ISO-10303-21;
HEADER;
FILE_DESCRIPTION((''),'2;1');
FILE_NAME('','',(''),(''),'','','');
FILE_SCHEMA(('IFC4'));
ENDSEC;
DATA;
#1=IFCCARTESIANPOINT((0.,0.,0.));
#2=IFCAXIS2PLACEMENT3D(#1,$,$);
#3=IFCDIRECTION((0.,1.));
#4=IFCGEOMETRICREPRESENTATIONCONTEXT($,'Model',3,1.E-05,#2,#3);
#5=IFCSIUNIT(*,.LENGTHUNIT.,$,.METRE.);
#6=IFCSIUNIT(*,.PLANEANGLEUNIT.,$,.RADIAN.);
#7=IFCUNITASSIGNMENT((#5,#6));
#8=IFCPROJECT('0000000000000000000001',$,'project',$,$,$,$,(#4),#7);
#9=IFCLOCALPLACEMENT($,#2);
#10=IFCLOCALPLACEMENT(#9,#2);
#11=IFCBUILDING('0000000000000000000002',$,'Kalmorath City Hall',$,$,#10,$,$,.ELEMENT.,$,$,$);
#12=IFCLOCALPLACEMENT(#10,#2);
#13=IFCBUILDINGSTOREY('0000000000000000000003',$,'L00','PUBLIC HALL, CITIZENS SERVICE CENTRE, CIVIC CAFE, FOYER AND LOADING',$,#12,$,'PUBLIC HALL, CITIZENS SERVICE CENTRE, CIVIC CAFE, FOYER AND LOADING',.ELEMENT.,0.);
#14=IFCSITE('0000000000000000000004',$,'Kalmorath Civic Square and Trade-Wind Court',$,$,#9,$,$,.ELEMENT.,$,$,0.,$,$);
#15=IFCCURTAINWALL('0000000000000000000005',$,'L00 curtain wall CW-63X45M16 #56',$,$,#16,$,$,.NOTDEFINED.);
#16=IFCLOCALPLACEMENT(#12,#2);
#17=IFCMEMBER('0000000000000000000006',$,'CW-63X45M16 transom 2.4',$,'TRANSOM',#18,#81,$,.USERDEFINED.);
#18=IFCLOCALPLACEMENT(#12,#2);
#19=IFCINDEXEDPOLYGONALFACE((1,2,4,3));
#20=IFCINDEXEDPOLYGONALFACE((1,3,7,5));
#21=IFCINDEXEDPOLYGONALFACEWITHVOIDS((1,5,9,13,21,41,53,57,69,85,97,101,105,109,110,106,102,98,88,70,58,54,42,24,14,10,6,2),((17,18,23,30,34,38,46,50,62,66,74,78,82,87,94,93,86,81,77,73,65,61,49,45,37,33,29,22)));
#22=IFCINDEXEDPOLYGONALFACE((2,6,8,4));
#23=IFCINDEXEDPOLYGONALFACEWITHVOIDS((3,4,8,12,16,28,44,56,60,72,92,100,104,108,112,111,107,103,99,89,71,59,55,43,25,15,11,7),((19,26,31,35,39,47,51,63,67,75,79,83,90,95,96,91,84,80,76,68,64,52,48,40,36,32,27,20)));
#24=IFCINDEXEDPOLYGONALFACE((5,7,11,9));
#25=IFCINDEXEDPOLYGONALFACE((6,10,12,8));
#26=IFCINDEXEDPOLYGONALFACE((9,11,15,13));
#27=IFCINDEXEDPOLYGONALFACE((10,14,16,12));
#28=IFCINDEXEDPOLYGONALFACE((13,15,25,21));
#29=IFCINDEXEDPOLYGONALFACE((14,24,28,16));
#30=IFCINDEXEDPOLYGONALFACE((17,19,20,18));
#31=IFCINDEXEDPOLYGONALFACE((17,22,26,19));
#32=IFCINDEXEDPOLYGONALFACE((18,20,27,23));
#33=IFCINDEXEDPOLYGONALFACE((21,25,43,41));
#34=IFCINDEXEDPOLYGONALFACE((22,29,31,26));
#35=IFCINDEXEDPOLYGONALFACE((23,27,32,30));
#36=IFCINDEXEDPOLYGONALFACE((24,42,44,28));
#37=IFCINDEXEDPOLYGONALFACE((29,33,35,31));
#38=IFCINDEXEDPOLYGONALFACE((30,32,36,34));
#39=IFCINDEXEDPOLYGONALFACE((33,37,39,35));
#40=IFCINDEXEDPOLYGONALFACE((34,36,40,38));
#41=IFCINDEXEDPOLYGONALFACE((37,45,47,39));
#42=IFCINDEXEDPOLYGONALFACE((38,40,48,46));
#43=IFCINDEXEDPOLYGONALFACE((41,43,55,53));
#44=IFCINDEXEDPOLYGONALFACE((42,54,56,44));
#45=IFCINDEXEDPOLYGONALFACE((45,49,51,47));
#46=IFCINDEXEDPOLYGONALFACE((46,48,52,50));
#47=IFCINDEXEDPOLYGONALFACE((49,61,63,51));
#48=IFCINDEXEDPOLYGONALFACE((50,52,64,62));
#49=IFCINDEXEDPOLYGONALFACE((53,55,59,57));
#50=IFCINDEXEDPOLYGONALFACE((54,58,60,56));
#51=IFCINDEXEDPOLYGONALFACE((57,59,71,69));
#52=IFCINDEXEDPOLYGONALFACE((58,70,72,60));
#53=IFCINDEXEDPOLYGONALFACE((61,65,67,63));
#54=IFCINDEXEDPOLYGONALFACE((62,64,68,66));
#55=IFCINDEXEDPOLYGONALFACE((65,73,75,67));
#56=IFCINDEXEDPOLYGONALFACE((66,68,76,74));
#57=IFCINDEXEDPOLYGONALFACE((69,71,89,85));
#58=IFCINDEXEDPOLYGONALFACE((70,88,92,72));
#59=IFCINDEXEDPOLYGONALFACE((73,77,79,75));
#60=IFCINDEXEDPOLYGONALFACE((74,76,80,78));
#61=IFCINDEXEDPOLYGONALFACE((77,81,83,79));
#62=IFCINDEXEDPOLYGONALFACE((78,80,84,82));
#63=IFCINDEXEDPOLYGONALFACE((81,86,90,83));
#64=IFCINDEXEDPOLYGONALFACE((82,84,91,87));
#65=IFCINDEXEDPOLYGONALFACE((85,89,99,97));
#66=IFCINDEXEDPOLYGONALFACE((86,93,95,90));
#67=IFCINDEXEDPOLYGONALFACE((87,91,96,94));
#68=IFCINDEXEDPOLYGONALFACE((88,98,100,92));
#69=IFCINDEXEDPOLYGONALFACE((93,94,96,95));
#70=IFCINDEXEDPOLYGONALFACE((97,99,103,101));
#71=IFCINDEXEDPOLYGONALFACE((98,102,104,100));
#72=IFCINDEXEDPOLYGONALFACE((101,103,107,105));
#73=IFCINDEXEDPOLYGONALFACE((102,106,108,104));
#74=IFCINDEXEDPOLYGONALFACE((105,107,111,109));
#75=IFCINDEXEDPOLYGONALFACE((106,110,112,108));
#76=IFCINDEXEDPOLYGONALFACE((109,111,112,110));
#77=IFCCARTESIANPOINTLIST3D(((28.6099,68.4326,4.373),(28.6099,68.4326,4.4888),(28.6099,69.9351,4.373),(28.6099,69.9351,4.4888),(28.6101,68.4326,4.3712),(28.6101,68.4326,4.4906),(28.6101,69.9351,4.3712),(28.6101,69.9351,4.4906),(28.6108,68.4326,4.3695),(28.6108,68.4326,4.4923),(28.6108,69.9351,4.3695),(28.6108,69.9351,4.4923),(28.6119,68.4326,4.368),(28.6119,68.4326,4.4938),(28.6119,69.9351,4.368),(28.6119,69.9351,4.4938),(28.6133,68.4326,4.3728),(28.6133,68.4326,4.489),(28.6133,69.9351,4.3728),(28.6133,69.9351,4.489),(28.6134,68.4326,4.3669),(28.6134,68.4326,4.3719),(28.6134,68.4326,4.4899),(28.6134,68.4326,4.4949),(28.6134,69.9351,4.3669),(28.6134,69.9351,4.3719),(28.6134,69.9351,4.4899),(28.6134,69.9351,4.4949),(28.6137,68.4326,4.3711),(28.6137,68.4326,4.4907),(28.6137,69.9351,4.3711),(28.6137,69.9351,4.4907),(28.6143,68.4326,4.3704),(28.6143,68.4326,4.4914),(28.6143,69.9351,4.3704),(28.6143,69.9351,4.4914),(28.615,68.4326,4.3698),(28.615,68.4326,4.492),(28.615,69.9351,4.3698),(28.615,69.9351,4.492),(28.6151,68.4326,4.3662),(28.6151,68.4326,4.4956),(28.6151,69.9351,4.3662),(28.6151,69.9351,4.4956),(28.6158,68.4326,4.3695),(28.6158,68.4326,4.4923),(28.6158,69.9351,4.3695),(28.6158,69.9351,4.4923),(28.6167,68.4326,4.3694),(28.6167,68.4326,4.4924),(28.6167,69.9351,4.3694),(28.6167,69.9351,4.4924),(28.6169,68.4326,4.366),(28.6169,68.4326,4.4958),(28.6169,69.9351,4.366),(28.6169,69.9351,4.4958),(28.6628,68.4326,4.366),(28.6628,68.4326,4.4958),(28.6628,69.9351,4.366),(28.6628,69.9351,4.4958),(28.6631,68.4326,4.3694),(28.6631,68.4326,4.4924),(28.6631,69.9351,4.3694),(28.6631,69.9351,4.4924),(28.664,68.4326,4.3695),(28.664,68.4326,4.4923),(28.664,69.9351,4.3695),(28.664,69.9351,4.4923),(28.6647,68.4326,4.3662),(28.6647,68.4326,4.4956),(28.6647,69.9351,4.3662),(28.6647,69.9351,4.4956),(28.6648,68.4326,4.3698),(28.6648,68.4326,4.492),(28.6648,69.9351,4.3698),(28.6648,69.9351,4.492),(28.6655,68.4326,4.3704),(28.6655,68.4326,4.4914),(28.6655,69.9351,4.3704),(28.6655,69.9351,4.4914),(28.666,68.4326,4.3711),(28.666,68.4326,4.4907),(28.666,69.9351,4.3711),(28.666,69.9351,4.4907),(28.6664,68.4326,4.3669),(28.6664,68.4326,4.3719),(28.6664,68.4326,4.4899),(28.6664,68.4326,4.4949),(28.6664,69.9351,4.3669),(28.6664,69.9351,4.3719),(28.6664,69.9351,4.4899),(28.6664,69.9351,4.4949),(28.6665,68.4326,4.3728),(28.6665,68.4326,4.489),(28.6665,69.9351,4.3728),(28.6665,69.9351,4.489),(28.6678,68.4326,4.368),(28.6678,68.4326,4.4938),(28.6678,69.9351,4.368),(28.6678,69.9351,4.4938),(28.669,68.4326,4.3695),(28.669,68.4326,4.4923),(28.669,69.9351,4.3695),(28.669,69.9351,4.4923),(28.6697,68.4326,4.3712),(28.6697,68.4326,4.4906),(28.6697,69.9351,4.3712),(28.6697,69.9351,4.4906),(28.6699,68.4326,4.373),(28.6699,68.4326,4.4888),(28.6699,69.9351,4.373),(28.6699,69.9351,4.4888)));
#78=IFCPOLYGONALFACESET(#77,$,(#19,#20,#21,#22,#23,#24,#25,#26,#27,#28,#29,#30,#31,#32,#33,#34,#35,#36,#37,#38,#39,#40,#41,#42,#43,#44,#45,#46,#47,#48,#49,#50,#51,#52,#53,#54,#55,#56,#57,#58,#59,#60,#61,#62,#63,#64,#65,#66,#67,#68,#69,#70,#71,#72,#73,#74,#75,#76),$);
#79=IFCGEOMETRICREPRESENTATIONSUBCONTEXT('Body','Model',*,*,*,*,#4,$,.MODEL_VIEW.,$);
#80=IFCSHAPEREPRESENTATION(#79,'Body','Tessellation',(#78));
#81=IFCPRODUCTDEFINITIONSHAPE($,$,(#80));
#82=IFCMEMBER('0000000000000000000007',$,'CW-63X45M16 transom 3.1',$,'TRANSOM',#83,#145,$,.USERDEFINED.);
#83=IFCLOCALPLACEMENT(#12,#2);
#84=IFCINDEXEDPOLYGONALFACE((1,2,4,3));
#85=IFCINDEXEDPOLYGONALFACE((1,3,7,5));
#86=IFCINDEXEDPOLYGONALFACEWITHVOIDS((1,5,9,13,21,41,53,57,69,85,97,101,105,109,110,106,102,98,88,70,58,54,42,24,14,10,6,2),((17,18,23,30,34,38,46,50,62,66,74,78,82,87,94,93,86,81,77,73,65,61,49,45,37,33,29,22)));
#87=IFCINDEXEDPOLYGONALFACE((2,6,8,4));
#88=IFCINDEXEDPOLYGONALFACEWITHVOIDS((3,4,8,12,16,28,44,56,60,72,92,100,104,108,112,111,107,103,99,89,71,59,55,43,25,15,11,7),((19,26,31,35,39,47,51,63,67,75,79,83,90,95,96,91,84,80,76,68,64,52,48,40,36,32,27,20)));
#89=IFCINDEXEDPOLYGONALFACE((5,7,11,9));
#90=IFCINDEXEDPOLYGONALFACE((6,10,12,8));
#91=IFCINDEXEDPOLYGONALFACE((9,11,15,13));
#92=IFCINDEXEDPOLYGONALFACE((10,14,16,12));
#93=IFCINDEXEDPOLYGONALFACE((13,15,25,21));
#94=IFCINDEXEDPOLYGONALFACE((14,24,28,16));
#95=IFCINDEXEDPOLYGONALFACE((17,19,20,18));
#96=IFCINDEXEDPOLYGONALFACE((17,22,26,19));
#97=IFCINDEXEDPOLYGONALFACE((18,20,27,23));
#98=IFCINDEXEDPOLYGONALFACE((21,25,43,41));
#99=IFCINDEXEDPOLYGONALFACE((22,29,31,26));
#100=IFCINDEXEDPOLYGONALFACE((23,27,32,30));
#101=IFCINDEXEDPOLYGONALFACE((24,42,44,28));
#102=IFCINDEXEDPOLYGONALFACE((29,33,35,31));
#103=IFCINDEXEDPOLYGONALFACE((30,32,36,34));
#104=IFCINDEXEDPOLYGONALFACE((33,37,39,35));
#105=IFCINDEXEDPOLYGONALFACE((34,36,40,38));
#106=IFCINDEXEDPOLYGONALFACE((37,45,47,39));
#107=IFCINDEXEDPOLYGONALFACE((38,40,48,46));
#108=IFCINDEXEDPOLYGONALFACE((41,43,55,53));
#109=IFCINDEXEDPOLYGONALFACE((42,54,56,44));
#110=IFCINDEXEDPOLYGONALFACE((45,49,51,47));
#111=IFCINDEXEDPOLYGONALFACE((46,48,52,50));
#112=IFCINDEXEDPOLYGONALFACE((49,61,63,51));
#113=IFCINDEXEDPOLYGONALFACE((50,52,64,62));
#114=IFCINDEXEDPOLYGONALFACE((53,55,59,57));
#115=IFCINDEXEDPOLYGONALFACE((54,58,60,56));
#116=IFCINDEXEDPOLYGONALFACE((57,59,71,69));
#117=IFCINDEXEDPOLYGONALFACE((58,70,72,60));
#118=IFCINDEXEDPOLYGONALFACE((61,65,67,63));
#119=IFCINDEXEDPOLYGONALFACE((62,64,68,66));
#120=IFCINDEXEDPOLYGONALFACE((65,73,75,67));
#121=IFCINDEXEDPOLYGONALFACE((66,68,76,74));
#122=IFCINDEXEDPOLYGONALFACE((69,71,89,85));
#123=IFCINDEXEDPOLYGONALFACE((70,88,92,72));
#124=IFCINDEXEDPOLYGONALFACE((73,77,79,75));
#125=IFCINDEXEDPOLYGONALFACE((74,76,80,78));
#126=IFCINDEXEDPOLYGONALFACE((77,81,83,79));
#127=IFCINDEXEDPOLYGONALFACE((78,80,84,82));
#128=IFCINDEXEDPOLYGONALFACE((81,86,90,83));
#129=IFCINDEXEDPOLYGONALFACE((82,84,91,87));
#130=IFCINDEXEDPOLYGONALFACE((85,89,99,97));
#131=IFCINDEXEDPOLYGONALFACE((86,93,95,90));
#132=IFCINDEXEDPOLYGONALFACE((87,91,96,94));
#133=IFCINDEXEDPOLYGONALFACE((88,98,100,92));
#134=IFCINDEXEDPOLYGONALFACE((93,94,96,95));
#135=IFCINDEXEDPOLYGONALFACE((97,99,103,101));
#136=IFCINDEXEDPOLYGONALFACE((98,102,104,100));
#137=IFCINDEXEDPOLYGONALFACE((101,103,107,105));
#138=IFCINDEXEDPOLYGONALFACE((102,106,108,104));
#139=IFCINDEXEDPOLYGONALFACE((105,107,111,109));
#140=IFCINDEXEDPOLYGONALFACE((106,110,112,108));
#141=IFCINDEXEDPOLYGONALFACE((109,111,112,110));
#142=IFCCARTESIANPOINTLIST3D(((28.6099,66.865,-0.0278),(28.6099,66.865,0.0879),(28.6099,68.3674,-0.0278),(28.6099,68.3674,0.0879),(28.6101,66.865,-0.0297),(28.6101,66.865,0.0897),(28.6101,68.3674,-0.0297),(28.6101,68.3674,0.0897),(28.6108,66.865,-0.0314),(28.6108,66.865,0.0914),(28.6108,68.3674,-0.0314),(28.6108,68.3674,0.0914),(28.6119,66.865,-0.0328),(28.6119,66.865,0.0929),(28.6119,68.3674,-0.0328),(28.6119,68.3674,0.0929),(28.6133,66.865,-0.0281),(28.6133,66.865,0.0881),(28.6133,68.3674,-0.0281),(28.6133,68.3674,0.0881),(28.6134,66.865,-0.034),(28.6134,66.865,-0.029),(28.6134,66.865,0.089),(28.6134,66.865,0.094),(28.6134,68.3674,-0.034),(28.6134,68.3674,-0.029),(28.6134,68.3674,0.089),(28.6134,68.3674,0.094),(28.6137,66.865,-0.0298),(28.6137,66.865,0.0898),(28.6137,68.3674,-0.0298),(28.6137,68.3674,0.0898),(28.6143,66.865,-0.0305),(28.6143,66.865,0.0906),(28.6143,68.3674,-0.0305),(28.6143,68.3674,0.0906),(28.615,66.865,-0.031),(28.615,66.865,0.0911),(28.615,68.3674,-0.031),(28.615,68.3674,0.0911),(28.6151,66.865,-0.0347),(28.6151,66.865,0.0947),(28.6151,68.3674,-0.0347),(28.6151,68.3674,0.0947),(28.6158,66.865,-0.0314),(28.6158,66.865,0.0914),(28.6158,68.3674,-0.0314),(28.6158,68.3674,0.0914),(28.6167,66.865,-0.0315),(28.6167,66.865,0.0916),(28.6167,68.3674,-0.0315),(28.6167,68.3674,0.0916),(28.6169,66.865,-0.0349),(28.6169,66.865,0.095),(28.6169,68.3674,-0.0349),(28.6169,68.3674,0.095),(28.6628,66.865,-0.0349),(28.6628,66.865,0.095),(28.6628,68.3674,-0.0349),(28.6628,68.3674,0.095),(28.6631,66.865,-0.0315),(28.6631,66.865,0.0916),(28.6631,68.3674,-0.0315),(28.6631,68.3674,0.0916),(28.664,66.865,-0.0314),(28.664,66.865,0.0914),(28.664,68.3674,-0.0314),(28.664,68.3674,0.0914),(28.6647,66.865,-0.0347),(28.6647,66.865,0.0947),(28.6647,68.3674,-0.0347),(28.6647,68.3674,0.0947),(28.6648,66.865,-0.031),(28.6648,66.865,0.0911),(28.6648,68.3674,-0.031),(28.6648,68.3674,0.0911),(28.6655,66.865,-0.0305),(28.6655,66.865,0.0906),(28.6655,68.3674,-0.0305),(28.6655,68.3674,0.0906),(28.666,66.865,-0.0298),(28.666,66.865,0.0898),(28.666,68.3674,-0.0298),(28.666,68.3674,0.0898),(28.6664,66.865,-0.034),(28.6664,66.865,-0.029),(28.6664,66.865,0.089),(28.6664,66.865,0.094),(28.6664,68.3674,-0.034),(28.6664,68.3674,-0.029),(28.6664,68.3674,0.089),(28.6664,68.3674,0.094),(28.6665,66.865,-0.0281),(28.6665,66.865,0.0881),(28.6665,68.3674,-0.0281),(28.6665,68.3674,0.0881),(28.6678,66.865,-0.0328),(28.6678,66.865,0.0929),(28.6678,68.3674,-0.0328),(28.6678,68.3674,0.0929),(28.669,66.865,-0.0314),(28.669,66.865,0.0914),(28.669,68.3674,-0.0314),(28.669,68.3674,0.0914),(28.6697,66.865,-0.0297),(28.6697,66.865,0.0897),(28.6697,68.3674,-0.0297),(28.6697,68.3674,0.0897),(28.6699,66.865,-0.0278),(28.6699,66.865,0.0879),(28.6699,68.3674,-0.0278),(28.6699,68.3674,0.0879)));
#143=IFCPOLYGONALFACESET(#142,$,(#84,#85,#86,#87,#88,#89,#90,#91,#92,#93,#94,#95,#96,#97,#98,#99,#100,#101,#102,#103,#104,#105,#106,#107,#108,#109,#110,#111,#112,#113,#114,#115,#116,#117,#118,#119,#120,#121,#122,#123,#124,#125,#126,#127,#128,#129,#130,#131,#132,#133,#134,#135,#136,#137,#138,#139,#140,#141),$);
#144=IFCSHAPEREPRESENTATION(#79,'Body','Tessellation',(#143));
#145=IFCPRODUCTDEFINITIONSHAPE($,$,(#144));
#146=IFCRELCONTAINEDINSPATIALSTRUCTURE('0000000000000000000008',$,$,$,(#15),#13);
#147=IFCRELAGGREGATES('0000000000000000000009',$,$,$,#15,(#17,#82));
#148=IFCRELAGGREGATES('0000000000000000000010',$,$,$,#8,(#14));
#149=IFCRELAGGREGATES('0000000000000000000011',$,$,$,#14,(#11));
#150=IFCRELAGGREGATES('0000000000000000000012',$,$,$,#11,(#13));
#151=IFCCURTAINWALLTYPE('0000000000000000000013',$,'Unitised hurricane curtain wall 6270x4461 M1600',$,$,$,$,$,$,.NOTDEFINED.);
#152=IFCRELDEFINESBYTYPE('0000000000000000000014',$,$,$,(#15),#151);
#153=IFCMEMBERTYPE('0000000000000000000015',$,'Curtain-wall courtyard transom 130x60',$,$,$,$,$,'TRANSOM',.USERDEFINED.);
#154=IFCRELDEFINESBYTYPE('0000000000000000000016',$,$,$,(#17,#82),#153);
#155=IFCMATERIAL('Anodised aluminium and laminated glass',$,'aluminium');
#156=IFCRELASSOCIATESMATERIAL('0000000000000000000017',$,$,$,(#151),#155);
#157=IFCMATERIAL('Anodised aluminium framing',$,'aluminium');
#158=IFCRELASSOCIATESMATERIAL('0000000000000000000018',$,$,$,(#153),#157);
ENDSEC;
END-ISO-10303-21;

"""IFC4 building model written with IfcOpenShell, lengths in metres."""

from ifc_helpers import new_model, si_unit, direction, frame, origin, origin_2d, place, context, subcontext, project, spatial, hollow_rectangle, extrude, material, material_profile, profile_set, type_object, element, aggregate, save


model = new_model("IFC4")

# Units and contexts
model_context = context("Model", 3, precision=1e-05, world=origin(), true_north=direction((0.0, 1.0)))
body_context = subcontext(model_context, "Body", "Model", "MODEL_VIEW")
ifc_project = project(units=[si_unit("LENGTHUNIT", "METRE"), si_unit("PLANEANGLEUNIT", "RADIAN")], contexts=[model_context])

# Site, building, storey
site_placement = place(None, origin())
site = spatial("IfcSite", under=ifc_project, at=site_placement, Name="Kalmorath Civic Square and Trade-Wind Court", CompositionType="ELEMENT", RefElevation=0.0)
building_placement = place(site_placement, origin())
building = spatial("IfcBuilding", under=site, at=building_placement, Name="Kalmorath City Hall", CompositionType="ELEMENT")
storey_placement = place(building_placement, origin())
storey = spatial("IfcBuildingStorey", under=building, at=storey_placement, Name="L00", Description="PUBLIC HALL, CITIZENS SERVICE CENTRE, CIVIC CAFE, FOYER AND LOADING", LongName="PUBLIC HALL, CITIZENS SERVICE CENTRE, CIVIC CAFE, FOYER AND LOADING", CompositionType="ELEMENT", Elevation=0.0)

# Curtain wall, members
ifc_material_1 = material(Name="Anodised aluminium and laminated glass", Category="aluminium")
curtain_wall_type = type_object("IfcCurtainWallType", Name="Unitised hurricane curtain wall 6270x4461 M1600", PredefinedType="NOTDEFINED", material=ifc_material_1)
curtain_wall_placement = place(storey_placement, origin())
curtain_wall = element("IfcCurtainWall", 1, at=curtain_wall_placement, inside=storey, type_object=curtain_wall_type, Name="L00 curtain wall CW-63X45M16 #56", PredefinedType="NOTDEFINED")
ifc_material_2 = material(Name="Anodised aluminium framing", Category="aluminium")
ifc_material_profile_1 = material_profile(ifc_material_2, hollow_rectangle(XDim=0.0601, YDim=0.1299, WallThickness=0.0034, InnerFilletRadius=0.0034, OuterFilletRadius=0.0071, at=origin_2d()), Name="ALU-TRN-130X60X3.5")
ifc_profile_set_1 = profile_set([ifc_material_profile_1], Name="Anodised aluminium framing")
member_type_1 = type_object("IfcMemberType", Name="Curtain-wall courtyard transom 130x60", ElementType="TRANSOM", PredefinedType="USERDEFINED", material=ifc_profile_set_1)
member_1_placement = place(storey_placement, frame((28.6399, 69.9351, 4.4309), z_axis=(0.0, -1.0, 0.0), x_axis=(1.0, 0.0, 0.0)))
member_1 = element("IfcMember", 2, at=member_1_placement, type_object=member_type_1, Name="CW-63X45M16 transom 2.4", ObjectType="TRANSOM", PredefinedType="USERDEFINED", context=body_context, shape_type="SweptSolid", body=[
    extrude(hollow_rectangle(XDim=0.0601, YDim=0.1299, WallThickness=0.0034, InnerFilletRadius=0.0034, OuterFilletRadius=0.0071, at=origin_2d()), origin(), (0.0, 0.0, 1.0), 1.5024),
])
member_2_placement = place(storey_placement, frame((28.6399, 68.3674, 0.03), z_axis=(0.0, -1.0, 0.0), x_axis=(1.0, 0.0, 0.0)))
member_2 = element("IfcMember", 3, at=member_2_placement, type_object=member_type_1, Name="CW-63X45M16 transom 3.1", ObjectType="TRANSOM", PredefinedType="USERDEFINED", context=body_context, shape_type="SweptSolid", body=[
    extrude(hollow_rectangle(XDim=0.0601, YDim=0.1299, WallThickness=0.0034, InnerFilletRadius=0.0034, OuterFilletRadius=0.0071, at=origin_2d()), origin(), (0.0, 0.0, 1.0), 1.5024),
])

aggregate(curtain_wall, [member_1, member_2])

save(model, "model.ifc")
